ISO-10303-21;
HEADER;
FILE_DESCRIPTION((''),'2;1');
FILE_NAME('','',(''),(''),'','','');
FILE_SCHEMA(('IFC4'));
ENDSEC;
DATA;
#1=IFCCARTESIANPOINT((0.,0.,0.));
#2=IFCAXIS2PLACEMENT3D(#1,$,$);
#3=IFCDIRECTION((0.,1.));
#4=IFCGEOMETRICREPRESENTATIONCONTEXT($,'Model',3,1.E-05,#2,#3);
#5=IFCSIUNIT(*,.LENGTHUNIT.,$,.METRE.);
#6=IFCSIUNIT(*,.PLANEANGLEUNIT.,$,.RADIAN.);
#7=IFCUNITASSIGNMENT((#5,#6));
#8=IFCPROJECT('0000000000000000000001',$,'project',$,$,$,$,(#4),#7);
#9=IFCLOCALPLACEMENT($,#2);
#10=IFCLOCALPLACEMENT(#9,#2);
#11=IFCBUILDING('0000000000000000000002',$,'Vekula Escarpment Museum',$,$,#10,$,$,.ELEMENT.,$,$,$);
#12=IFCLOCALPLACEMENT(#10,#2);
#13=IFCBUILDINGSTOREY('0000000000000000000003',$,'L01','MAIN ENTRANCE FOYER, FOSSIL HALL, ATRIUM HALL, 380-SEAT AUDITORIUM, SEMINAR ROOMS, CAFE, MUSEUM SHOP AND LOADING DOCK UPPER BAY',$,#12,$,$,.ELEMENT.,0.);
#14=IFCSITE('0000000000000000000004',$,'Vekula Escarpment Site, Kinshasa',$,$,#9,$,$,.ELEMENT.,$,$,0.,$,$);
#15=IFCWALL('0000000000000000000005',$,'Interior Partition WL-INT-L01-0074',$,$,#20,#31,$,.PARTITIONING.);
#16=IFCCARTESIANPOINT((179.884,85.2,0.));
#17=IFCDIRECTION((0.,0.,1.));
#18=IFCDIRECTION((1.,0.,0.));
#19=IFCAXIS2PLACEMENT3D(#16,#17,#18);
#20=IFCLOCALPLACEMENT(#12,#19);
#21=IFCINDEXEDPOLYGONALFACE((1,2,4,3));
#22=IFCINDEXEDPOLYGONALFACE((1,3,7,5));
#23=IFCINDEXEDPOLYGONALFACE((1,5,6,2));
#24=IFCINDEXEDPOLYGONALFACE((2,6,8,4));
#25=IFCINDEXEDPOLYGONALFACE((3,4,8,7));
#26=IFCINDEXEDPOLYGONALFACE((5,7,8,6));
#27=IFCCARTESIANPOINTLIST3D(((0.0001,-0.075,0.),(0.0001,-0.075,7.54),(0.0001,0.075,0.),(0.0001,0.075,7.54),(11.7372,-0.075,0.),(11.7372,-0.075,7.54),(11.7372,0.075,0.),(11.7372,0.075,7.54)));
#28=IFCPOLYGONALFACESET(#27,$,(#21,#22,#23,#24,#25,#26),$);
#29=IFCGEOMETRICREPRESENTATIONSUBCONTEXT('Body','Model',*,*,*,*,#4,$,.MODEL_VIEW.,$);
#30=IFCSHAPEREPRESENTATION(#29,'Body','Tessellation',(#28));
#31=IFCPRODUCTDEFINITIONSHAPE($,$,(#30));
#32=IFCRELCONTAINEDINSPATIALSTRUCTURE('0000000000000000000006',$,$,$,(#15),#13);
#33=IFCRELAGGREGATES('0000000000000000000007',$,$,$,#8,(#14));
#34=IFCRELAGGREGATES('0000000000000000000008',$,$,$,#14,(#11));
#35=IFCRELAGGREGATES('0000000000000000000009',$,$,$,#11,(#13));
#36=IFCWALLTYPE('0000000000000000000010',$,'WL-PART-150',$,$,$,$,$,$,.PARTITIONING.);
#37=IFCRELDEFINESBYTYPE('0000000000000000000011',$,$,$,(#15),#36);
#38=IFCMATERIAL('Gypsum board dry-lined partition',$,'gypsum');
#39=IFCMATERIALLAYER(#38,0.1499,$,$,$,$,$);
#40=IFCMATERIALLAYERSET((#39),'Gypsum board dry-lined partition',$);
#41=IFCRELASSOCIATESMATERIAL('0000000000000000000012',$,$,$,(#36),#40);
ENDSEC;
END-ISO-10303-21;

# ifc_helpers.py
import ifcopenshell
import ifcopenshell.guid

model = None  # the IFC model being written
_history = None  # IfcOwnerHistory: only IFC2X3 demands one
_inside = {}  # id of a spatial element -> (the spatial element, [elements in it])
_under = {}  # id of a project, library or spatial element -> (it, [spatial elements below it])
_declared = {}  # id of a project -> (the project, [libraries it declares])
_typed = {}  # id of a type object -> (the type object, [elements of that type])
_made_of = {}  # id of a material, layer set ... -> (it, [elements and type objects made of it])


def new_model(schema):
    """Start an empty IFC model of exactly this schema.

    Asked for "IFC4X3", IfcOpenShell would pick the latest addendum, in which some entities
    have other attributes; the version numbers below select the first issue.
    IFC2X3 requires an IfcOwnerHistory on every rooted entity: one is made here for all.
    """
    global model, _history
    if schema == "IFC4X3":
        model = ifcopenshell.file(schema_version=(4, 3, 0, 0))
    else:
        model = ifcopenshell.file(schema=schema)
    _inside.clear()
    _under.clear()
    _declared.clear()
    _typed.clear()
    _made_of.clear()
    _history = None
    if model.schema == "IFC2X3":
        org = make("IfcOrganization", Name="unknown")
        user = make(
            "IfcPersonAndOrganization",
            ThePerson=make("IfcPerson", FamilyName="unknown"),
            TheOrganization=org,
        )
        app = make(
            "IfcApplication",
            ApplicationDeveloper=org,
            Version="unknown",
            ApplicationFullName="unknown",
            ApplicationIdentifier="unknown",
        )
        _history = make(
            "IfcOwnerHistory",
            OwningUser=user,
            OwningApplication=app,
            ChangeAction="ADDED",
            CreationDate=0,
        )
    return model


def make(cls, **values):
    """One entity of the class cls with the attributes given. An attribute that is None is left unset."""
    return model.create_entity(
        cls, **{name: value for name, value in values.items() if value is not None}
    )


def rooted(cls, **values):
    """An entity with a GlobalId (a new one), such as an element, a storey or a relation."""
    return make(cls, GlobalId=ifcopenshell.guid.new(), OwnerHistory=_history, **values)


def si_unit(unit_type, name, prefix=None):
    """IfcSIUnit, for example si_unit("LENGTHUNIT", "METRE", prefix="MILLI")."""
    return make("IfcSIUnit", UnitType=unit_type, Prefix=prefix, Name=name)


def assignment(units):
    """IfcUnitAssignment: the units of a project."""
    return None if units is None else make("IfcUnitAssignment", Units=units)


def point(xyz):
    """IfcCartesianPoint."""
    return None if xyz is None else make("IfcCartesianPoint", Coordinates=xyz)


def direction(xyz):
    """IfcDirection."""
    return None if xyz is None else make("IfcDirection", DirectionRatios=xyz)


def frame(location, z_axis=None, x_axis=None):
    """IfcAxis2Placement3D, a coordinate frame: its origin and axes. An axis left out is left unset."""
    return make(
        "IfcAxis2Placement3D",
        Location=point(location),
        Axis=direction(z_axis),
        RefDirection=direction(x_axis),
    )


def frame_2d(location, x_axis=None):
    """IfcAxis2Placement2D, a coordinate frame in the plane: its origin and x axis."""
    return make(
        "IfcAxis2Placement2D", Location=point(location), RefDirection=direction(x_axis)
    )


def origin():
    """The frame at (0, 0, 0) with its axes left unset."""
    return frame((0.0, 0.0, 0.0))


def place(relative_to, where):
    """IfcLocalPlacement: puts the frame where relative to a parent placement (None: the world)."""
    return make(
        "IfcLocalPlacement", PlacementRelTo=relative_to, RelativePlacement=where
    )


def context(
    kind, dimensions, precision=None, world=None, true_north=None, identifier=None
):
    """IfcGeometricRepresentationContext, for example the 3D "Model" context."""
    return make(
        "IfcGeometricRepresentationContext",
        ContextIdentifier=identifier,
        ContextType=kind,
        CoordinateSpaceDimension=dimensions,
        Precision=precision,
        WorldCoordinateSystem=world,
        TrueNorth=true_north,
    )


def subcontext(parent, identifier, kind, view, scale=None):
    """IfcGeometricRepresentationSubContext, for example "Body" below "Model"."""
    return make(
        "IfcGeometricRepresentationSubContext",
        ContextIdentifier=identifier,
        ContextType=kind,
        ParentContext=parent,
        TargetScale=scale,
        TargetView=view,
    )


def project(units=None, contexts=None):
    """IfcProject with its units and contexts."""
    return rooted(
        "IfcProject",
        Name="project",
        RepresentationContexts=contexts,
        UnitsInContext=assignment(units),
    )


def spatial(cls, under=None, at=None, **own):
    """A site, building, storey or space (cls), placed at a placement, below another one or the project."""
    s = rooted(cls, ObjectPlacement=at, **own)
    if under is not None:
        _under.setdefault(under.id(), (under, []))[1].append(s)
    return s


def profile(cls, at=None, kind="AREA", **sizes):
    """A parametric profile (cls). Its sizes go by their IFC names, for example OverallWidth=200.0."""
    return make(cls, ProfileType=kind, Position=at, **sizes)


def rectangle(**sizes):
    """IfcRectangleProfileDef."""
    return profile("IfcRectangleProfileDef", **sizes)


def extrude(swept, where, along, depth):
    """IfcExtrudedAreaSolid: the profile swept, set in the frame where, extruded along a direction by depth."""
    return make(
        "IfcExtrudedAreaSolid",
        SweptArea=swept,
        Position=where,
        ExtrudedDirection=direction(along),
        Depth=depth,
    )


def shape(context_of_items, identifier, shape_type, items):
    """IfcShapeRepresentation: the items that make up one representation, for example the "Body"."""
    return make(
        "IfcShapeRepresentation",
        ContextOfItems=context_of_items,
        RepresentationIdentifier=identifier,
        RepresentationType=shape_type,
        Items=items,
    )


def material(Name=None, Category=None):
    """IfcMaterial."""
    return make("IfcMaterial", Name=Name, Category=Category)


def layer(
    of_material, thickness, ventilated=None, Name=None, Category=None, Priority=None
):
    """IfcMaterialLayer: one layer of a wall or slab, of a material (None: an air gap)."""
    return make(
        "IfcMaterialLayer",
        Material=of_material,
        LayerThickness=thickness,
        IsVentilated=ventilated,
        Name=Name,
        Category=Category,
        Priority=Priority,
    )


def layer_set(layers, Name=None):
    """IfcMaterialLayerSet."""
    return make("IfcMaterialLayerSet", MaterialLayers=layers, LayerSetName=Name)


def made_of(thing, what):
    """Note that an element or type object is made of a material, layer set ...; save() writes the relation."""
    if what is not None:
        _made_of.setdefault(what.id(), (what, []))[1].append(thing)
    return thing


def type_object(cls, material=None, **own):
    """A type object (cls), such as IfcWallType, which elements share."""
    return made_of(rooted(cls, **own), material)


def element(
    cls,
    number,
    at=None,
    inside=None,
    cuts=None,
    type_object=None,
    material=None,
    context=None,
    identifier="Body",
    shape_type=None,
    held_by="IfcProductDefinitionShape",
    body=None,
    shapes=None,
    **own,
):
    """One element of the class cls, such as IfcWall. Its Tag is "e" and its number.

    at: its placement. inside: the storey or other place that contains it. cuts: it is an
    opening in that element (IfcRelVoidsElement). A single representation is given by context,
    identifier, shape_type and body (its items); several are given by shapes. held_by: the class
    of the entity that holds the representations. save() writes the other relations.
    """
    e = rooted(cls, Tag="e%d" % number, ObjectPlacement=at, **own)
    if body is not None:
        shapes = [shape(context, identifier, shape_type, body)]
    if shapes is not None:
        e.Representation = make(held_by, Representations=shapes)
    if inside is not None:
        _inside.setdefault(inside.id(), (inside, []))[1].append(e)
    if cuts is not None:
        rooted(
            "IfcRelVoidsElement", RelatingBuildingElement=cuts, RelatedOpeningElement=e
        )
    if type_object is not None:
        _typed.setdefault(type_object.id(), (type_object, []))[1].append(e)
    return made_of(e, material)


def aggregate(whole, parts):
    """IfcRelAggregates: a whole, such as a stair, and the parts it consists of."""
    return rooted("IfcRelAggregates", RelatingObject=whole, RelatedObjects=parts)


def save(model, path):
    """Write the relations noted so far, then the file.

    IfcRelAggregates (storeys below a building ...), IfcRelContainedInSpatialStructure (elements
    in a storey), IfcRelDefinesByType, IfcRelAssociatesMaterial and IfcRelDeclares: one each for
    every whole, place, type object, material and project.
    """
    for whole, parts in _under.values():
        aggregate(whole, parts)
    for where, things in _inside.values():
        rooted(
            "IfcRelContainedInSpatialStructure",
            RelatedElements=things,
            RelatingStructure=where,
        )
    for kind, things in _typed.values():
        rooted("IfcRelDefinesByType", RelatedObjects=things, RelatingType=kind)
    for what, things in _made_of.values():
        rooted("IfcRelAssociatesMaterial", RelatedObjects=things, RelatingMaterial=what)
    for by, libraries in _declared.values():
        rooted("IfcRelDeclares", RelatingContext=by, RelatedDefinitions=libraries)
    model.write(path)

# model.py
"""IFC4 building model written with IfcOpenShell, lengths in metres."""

from ifc_helpers import new_model, si_unit, direction, frame, frame_2d, origin, place, context, subcontext, project, spatial, rectangle, extrude, material, layer, layer_set, type_object, element, save


model = new_model("IFC4")

# Units and contexts
model_context = context("Model", 3, precision=1e-05, world=origin(), true_north=direction((0.0, 1.0)))
body_context = subcontext(model_context, "Body", "Model", "MODEL_VIEW")
ifc_project = project(units=[si_unit("LENGTHUNIT", "METRE"), si_unit("PLANEANGLEUNIT", "RADIAN")], contexts=[model_context])

# Site, building, storey
site_placement = place(None, origin())
site = spatial("IfcSite", under=ifc_project, at=site_placement, Name="Vekula Escarpment Site, Kinshasa", CompositionType="ELEMENT", RefElevation=0.0)
building_placement = place(site_placement, origin())
building = spatial("IfcBuilding", under=site, at=building_placement, Name="Vekula Escarpment Museum", CompositionType="ELEMENT")
storey_placement = place(building_placement, origin())
storey = spatial("IfcBuildingStorey", under=building, at=storey_placement, Name="L01", Description="MAIN ENTRANCE FOYER, FOSSIL HALL, ATRIUM HALL, 380-SEAT AUDITORIUM, SEMINAR ROOMS, CAFE, MUSEUM SHOP AND LOADING DOCK UPPER BAY", CompositionType="ELEMENT", Elevation=0.0)

# Wall
ifc_material_1 = material(Name="Gypsum board dry-lined partition", Category="gypsum")
ifc_layer_1 = layer(ifc_material_1, 0.1499)
ifc_layer_set_1 = layer_set([ifc_layer_1], Name="Gypsum board dry-lined partition")
wall_type_1 = type_object("IfcWallType", Name="WL-PART-150", PredefinedType="PARTITIONING", material=ifc_layer_set_1)
wall_1_placement = place(storey_placement, frame((179.884, 85.2, 0.0), z_axis=(0.0, 0.0, 1.0), x_axis=(1.0, 0.0, 0.0)))
element("IfcWall", 1, at=wall_1_placement, inside=storey, type_object=wall_type_1, Name="Interior Partition WL-INT-L01-0074", PredefinedType="PARTITIONING", context=body_context, shape_type="SweptSolid", body=[
    extrude(rectangle(XDim=11.7371, YDim=0.1499, at=frame_2d((5.8687, 0.0))), origin(), (0.0, 0.0, 1.0), 7.54),
])

save(model, "model.ifc")
